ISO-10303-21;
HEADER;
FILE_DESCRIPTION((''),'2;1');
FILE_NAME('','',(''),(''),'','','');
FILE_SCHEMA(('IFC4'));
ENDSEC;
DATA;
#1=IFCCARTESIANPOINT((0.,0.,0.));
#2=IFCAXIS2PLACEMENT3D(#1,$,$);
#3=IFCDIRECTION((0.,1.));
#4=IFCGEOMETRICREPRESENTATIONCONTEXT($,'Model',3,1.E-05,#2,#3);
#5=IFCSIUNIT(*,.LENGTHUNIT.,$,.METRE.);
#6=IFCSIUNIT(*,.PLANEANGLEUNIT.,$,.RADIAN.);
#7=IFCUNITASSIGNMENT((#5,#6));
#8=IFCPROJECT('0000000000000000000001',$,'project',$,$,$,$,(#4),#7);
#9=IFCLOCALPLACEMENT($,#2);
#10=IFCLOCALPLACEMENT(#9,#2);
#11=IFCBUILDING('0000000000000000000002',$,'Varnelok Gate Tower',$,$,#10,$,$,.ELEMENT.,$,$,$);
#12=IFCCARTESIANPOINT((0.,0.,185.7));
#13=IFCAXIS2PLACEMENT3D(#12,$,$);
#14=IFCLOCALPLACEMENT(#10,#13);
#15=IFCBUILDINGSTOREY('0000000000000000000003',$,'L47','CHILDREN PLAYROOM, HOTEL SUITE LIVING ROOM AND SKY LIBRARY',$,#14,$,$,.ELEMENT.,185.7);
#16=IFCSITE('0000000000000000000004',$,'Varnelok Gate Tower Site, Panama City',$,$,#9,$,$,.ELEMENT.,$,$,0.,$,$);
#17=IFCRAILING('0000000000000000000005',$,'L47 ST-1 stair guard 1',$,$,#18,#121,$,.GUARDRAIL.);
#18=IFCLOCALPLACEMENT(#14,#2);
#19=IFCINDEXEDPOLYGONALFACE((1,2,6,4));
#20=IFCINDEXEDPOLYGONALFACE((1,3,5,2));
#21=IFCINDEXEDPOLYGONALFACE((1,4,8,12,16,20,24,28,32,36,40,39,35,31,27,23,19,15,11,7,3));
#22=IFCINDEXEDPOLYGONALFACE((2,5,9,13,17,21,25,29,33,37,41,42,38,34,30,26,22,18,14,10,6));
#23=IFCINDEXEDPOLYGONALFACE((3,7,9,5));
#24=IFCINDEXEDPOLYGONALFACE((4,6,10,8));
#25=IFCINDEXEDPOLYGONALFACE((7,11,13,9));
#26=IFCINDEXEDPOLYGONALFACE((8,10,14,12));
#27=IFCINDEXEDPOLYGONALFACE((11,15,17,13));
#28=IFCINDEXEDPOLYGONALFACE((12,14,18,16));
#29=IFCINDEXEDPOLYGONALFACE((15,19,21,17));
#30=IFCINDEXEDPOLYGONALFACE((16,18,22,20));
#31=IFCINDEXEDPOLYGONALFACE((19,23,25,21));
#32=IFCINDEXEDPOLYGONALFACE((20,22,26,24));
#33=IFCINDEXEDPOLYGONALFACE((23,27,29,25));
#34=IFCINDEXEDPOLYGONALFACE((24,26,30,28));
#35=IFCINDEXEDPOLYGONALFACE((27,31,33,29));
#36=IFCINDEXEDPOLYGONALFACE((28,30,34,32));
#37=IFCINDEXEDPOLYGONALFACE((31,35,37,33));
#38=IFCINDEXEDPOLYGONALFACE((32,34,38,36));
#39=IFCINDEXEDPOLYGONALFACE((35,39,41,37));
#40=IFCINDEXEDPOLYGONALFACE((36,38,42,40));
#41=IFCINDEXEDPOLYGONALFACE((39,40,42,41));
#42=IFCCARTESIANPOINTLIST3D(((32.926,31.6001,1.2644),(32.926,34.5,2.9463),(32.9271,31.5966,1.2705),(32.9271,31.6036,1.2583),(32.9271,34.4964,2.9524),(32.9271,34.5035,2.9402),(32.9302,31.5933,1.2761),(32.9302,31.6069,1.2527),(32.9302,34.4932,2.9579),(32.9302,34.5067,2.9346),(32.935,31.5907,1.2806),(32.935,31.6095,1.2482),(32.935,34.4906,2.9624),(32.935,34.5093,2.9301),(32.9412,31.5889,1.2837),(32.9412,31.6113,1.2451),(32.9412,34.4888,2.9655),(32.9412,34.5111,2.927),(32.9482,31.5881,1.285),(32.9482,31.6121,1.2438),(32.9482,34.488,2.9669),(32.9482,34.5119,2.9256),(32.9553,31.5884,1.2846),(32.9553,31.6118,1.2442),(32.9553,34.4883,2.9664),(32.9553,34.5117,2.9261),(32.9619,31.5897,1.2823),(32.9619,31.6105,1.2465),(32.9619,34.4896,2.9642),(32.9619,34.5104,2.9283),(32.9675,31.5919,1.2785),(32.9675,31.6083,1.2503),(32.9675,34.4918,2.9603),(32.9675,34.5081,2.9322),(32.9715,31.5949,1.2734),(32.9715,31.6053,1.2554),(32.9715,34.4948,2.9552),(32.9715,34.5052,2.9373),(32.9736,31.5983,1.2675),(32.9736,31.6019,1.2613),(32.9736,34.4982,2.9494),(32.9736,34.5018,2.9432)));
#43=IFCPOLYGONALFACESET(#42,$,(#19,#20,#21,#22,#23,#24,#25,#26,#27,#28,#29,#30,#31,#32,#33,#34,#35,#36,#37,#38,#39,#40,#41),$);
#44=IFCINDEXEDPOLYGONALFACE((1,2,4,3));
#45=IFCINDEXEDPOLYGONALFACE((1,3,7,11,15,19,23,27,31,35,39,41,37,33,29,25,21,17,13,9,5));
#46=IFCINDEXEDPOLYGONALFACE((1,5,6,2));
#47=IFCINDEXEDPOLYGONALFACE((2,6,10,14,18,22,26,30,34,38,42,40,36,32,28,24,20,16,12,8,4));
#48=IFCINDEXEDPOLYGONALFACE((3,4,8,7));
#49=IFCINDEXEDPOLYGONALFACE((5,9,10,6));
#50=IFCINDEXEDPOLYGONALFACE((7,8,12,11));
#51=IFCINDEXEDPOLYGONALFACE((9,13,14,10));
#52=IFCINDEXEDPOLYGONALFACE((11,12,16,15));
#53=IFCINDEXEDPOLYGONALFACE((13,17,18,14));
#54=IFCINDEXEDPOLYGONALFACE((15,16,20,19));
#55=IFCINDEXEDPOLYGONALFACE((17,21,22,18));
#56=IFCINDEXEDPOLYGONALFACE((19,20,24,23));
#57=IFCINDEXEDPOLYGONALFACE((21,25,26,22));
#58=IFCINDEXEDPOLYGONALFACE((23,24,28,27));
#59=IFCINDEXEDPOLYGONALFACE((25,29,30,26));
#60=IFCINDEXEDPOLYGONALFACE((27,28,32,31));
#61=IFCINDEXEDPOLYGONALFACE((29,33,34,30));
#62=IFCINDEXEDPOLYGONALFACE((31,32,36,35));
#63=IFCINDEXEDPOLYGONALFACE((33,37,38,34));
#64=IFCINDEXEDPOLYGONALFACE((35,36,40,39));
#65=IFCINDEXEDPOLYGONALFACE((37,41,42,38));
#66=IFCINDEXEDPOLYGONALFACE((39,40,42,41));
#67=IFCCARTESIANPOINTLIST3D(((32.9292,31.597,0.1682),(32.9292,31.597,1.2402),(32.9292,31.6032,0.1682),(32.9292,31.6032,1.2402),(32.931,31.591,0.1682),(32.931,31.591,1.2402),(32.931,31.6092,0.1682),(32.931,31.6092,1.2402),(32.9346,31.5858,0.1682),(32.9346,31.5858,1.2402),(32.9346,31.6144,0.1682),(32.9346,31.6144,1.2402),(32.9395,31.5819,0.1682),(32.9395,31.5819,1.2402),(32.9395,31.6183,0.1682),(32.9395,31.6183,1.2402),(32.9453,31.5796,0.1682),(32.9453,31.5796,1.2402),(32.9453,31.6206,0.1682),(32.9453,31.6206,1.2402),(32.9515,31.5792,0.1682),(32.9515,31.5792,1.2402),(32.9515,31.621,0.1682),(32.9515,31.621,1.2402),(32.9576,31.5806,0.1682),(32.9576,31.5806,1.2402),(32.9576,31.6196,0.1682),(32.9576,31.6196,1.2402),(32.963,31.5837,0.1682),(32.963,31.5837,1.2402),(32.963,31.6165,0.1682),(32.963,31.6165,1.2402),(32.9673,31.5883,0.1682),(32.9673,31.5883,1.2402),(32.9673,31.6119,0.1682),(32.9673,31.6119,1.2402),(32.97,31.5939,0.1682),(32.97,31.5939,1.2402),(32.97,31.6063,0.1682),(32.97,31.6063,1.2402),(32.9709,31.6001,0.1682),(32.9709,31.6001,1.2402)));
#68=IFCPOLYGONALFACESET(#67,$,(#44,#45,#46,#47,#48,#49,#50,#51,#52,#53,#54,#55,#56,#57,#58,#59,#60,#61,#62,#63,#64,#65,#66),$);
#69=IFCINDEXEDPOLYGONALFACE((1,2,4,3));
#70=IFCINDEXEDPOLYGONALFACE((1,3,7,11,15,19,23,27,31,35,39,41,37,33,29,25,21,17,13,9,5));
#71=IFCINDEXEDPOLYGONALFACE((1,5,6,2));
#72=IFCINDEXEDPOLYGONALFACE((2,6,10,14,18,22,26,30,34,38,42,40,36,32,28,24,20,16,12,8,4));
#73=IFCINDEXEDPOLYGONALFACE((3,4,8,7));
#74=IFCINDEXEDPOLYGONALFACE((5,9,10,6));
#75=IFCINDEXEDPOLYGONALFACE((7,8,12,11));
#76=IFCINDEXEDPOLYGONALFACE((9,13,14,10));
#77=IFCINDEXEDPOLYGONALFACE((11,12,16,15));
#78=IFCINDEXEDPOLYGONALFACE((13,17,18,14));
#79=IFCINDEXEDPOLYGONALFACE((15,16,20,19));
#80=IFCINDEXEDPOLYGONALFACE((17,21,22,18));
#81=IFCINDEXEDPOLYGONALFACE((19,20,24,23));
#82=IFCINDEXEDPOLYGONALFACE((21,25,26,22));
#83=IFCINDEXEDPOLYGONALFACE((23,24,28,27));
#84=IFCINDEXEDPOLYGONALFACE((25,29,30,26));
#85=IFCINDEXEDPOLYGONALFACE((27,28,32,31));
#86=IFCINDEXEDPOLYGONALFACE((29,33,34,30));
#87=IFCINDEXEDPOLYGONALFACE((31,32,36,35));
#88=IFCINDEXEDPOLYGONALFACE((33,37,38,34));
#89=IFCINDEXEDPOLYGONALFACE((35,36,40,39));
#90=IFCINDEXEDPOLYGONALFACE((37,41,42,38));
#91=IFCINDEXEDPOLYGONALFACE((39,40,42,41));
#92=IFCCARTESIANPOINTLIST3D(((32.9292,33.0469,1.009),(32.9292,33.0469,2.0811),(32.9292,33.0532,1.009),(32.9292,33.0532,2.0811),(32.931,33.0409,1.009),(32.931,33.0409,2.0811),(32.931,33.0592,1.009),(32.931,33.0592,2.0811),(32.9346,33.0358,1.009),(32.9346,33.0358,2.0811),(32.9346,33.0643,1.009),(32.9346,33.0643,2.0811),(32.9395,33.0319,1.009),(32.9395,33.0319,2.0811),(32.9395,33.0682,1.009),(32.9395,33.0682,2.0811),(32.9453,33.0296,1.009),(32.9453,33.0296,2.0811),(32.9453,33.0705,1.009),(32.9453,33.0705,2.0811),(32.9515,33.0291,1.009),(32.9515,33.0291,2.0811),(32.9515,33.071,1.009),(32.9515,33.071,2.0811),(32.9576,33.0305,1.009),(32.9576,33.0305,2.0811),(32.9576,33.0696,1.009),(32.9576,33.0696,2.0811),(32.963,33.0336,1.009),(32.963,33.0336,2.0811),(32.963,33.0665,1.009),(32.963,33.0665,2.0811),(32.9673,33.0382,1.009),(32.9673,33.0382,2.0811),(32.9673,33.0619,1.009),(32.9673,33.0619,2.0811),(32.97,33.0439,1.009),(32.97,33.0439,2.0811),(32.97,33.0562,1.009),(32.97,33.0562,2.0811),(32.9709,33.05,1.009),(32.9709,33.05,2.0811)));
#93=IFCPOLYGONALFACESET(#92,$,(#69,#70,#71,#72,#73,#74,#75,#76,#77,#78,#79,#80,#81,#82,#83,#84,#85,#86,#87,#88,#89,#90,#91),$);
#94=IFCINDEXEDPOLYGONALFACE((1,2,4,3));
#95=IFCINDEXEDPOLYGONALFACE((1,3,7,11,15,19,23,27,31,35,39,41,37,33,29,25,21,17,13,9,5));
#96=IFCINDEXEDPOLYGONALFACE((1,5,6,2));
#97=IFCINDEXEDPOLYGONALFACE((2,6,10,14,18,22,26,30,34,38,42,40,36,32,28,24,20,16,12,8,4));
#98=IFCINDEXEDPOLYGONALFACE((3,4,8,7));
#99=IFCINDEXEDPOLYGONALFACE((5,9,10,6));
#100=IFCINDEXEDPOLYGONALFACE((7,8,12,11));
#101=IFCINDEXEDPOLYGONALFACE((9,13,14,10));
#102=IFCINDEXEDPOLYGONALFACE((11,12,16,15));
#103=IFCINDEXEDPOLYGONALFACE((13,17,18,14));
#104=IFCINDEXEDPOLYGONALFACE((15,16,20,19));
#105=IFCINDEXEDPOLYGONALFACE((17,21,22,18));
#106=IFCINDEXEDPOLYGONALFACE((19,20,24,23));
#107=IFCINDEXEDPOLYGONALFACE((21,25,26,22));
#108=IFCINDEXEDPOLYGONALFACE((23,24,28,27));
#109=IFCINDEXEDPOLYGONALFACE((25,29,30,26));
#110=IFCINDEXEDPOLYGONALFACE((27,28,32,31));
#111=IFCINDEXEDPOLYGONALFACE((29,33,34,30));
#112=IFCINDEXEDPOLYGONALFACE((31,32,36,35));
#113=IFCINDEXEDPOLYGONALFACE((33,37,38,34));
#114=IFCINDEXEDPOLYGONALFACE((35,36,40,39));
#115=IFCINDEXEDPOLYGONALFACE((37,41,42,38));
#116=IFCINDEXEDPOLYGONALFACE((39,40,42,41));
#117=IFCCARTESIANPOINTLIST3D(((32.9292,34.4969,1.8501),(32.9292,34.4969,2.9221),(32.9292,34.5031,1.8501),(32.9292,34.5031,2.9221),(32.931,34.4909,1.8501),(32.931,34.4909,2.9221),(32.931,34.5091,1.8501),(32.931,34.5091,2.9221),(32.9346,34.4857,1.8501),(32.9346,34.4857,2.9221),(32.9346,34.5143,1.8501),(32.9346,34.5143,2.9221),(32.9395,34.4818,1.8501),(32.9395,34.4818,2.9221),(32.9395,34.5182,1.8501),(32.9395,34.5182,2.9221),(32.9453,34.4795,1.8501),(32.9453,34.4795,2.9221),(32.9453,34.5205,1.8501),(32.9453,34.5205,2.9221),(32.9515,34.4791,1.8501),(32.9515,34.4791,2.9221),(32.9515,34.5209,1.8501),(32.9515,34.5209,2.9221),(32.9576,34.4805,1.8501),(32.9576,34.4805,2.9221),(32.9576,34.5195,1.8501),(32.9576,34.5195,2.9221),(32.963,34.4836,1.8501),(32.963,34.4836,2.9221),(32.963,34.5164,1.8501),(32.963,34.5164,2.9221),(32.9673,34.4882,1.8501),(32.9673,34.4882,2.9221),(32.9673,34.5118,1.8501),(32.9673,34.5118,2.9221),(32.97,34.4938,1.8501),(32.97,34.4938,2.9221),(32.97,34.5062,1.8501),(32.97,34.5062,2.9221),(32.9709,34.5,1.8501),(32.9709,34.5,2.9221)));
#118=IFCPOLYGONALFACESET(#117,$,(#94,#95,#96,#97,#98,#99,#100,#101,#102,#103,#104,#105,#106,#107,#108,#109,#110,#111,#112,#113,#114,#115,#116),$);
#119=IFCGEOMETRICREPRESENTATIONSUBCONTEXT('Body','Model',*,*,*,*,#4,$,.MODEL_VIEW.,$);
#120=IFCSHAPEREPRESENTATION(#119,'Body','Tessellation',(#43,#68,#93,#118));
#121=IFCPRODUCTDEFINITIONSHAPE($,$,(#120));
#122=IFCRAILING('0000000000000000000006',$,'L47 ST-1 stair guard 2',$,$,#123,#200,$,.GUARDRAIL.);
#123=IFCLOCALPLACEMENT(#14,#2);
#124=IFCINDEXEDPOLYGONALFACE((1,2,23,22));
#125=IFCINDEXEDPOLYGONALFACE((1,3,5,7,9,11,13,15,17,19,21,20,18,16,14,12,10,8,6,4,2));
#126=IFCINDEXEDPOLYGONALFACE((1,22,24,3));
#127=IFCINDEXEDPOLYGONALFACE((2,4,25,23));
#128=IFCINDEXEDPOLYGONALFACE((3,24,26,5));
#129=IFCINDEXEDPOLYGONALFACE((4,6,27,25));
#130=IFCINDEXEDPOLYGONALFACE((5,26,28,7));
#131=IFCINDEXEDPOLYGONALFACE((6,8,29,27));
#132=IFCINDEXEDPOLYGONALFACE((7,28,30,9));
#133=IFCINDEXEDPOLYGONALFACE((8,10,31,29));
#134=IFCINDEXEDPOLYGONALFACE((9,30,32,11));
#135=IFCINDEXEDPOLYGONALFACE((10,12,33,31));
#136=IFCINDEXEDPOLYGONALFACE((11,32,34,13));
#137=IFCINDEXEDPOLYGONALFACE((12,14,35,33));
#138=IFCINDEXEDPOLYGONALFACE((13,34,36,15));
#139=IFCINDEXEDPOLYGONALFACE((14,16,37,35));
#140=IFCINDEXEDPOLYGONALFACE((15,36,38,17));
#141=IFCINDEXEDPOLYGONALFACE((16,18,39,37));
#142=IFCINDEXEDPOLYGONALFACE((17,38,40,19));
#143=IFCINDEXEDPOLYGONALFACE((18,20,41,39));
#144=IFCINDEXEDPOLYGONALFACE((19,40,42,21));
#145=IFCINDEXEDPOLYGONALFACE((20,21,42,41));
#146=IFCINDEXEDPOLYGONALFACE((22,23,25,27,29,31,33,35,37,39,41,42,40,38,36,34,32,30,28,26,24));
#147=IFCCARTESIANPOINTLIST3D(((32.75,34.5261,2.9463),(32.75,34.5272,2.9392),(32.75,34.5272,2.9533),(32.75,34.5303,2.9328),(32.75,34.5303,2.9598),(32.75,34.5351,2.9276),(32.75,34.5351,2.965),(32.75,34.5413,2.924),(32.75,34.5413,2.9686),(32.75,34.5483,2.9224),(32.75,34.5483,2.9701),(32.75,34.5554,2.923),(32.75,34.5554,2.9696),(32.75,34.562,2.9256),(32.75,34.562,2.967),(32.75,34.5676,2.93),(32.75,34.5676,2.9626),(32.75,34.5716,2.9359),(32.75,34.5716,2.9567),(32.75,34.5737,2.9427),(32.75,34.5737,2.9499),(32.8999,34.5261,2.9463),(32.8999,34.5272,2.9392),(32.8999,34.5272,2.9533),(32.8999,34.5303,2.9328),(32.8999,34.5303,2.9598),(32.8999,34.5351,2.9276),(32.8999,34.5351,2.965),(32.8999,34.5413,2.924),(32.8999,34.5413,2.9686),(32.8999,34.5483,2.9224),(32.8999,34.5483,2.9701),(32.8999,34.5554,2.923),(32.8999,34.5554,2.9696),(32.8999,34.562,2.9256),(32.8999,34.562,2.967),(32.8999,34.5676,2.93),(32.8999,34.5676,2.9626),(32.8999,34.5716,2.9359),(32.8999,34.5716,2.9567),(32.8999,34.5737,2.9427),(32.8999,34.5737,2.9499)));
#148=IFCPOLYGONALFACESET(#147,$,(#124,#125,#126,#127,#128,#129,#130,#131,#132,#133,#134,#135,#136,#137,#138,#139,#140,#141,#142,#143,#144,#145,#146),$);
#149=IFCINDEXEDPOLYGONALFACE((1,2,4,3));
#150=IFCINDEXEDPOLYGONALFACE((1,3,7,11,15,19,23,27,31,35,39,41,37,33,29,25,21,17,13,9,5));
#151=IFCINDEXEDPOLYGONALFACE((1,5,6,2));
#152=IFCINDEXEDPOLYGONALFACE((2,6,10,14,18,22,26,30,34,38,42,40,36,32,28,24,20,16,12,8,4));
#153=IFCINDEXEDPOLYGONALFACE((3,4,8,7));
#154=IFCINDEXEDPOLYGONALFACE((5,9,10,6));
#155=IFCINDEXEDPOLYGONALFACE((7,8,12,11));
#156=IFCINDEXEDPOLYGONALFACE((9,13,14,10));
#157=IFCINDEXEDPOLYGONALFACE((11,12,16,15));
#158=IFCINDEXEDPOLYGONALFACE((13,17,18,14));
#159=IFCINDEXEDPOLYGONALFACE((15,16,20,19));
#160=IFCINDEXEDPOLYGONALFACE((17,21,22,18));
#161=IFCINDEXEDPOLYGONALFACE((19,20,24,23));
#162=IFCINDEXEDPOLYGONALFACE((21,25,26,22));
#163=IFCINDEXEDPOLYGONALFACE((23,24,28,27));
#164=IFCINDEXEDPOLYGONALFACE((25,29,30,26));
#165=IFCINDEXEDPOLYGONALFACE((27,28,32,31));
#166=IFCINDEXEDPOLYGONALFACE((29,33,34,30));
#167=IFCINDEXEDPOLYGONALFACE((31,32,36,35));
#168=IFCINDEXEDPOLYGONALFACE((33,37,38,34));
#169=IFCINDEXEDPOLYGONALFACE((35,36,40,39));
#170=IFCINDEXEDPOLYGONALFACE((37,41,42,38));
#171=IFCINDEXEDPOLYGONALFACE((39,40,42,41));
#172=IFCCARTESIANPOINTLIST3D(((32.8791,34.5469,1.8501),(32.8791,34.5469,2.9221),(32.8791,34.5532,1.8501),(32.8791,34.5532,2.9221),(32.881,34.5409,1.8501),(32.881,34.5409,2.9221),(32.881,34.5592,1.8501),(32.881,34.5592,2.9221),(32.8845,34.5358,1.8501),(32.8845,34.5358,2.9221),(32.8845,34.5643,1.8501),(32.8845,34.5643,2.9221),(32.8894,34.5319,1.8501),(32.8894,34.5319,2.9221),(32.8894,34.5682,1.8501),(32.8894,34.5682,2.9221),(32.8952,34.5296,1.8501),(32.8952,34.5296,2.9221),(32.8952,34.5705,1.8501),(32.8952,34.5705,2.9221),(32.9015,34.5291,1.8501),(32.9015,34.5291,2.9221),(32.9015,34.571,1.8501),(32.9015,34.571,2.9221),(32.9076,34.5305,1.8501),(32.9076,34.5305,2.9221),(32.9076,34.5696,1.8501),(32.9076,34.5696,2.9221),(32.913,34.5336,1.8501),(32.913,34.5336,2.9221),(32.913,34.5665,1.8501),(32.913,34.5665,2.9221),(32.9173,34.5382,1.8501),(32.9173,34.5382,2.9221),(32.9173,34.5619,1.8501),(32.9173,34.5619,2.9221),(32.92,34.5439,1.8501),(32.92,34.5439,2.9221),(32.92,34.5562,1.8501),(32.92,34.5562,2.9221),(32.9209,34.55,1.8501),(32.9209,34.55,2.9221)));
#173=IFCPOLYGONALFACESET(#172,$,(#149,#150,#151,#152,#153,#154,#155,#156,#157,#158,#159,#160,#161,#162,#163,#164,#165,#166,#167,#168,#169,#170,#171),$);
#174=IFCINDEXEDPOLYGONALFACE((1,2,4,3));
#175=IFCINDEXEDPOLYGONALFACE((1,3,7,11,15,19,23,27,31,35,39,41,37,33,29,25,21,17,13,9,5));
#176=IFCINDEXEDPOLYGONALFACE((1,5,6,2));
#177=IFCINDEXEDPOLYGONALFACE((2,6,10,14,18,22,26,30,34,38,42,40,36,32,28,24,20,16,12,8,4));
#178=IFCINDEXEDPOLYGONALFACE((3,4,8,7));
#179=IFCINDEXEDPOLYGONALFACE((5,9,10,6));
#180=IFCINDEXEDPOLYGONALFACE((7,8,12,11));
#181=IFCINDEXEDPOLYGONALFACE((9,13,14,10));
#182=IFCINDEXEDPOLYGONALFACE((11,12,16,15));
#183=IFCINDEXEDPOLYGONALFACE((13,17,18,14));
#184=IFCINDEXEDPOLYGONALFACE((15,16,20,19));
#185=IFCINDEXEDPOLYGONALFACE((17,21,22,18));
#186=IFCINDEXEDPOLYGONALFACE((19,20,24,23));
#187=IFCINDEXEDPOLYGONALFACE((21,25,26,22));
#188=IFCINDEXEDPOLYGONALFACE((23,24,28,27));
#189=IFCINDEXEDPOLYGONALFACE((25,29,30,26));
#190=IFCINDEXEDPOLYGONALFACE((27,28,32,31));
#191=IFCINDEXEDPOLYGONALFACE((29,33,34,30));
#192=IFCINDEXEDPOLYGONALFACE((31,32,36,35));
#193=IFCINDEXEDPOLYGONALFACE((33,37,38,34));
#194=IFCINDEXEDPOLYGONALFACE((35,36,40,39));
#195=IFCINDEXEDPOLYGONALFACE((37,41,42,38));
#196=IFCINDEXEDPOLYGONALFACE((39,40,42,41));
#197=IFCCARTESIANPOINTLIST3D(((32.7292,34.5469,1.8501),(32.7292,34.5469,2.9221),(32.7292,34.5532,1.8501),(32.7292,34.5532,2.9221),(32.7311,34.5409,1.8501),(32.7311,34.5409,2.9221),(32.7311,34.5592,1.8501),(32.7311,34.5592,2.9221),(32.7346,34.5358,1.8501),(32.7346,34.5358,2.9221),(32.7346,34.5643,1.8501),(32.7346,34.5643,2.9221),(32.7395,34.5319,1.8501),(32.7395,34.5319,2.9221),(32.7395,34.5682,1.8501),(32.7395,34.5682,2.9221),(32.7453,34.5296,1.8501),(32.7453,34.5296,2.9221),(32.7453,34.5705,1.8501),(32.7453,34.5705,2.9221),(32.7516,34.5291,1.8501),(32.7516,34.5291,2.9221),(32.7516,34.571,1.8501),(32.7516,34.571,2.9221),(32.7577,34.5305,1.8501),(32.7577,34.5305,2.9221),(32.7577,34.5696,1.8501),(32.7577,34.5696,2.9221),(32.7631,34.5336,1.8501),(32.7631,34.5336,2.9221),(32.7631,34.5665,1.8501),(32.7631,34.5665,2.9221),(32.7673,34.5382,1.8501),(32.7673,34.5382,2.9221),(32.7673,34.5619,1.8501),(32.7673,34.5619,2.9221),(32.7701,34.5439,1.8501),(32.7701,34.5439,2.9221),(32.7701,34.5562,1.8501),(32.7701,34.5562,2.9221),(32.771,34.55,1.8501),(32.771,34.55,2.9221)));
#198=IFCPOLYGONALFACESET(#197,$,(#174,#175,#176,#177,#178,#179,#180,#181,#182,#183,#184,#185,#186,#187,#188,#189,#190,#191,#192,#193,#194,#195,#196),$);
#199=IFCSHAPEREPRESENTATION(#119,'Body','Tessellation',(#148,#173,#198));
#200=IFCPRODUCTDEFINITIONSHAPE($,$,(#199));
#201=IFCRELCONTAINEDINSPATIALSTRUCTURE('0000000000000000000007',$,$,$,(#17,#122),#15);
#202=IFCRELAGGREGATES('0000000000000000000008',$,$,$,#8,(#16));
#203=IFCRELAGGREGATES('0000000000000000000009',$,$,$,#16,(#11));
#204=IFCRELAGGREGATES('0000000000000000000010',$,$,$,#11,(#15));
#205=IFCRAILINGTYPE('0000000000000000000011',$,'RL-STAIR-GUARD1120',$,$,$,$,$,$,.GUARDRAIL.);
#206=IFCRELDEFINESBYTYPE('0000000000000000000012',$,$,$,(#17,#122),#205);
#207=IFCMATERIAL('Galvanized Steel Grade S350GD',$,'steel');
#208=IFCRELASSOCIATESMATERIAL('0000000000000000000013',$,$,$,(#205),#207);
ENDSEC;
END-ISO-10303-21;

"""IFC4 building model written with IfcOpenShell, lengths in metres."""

from ifc_helpers import new_model, si_unit, direction, frame, origin, origin_2d, place, context, subcontext, project, spatial, circle, extrude, material, type_object, element, save


model = new_model("IFC4")

# Units and contexts
model_context = context("Model", 3, precision=1e-05, world=origin(), true_north=direction((0.0, 1.0)))
body_context = subcontext(model_context, "Body", "Model", "MODEL_VIEW")
ifc_project = project(units=[si_unit("LENGTHUNIT", "METRE"), si_unit("PLANEANGLEUNIT", "RADIAN")], contexts=[model_context])

# Site, building, storey
site_placement = place(None, origin())
site = spatial("IfcSite", under=ifc_project, at=site_placement, Name="Varnelok Gate Tower Site, Panama City", CompositionType="ELEMENT", RefElevation=0.0)
building_placement = place(site_placement, origin())
building = spatial("IfcBuilding", under=site, at=building_placement, Name="Varnelok Gate Tower", CompositionType="ELEMENT")
storey_placement = place(building_placement, frame((0.0, 0.0, 185.7)))
storey = spatial("IfcBuildingStorey", under=building, at=storey_placement, Name="L47", Description="CHILDREN PLAYROOM, HOTEL SUITE LIVING ROOM AND SKY LIBRARY", CompositionType="ELEMENT", Elevation=185.7)

# Shared definitions
ifc_material_1 = material(Name="Galvanized Steel Grade S350GD", Category="steel")

# Railings
railing_type_1 = type_object("IfcRailingType", Name="RL-STAIR-GUARD1120", PredefinedType="GUARDRAIL", material=ifc_material_1)
railing_1_placement = place(storey_placement, frame((32.95, 31.6001, 0.1682)))
element("IfcRailing", 1, at=railing_1_placement, inside=storey, type_object=railing_type_1, Name="L47 ST-1 stair guard 1", PredefinedType="GUARDRAIL", context=body_context, shape_type="SweptSolid", body=[
    extrude(circle(Radius=0.0239, at=origin_2d()), frame((0.0, 0.0, 1.0962), z_axis=(0.0, 0.865039, 0.501705), x_axis=(-1.0, 0.0, 0.0)), (0.0, 0.0, 1.0), 3.3523),
    extrude(circle(Radius=0.021, at=origin_2d()), origin(), (0.0, 0.0, 1.0), 1.072),
    extrude(circle(Radius=0.021, at=origin_2d()), frame((0.0, 1.45, 0.8408)), (0.0, 0.0, 1.0), 1.072),
    extrude(circle(Radius=0.021, at=origin_2d()), frame((0.0, 2.8999, 1.6819)), (0.0, 0.0, 1.0), 1.072),
])
railing_2_placement = place(storey_placement, frame((32.8999, 34.55, 1.8501)))
element("IfcRailing", 2, at=railing_2_placement, inside=storey, type_object=railing_type_1, Name="L47 ST-1 stair guard 2", PredefinedType="GUARDRAIL", context=body_context, shape_type="SweptSolid", body=[
    extrude(circle(Radius=0.0239, at=origin_2d()), frame((0.0, 0.0, 1.0962), z_axis=(-1.0, 0.0, 0.0), x_axis=(0.0, -1.0, 0.0)), (0.0, 0.0, 1.0), 0.1499),
    extrude(circle(Radius=0.021, at=origin_2d()), origin(), (0.0, 0.0, 1.0), 1.072),
    extrude(circle(Radius=0.021, at=origin_2d()), frame((-0.1499, 0.0, 0.0)), (0.0, 0.0, 1.0), 1.072),
])

save(model, "model.ifc")
